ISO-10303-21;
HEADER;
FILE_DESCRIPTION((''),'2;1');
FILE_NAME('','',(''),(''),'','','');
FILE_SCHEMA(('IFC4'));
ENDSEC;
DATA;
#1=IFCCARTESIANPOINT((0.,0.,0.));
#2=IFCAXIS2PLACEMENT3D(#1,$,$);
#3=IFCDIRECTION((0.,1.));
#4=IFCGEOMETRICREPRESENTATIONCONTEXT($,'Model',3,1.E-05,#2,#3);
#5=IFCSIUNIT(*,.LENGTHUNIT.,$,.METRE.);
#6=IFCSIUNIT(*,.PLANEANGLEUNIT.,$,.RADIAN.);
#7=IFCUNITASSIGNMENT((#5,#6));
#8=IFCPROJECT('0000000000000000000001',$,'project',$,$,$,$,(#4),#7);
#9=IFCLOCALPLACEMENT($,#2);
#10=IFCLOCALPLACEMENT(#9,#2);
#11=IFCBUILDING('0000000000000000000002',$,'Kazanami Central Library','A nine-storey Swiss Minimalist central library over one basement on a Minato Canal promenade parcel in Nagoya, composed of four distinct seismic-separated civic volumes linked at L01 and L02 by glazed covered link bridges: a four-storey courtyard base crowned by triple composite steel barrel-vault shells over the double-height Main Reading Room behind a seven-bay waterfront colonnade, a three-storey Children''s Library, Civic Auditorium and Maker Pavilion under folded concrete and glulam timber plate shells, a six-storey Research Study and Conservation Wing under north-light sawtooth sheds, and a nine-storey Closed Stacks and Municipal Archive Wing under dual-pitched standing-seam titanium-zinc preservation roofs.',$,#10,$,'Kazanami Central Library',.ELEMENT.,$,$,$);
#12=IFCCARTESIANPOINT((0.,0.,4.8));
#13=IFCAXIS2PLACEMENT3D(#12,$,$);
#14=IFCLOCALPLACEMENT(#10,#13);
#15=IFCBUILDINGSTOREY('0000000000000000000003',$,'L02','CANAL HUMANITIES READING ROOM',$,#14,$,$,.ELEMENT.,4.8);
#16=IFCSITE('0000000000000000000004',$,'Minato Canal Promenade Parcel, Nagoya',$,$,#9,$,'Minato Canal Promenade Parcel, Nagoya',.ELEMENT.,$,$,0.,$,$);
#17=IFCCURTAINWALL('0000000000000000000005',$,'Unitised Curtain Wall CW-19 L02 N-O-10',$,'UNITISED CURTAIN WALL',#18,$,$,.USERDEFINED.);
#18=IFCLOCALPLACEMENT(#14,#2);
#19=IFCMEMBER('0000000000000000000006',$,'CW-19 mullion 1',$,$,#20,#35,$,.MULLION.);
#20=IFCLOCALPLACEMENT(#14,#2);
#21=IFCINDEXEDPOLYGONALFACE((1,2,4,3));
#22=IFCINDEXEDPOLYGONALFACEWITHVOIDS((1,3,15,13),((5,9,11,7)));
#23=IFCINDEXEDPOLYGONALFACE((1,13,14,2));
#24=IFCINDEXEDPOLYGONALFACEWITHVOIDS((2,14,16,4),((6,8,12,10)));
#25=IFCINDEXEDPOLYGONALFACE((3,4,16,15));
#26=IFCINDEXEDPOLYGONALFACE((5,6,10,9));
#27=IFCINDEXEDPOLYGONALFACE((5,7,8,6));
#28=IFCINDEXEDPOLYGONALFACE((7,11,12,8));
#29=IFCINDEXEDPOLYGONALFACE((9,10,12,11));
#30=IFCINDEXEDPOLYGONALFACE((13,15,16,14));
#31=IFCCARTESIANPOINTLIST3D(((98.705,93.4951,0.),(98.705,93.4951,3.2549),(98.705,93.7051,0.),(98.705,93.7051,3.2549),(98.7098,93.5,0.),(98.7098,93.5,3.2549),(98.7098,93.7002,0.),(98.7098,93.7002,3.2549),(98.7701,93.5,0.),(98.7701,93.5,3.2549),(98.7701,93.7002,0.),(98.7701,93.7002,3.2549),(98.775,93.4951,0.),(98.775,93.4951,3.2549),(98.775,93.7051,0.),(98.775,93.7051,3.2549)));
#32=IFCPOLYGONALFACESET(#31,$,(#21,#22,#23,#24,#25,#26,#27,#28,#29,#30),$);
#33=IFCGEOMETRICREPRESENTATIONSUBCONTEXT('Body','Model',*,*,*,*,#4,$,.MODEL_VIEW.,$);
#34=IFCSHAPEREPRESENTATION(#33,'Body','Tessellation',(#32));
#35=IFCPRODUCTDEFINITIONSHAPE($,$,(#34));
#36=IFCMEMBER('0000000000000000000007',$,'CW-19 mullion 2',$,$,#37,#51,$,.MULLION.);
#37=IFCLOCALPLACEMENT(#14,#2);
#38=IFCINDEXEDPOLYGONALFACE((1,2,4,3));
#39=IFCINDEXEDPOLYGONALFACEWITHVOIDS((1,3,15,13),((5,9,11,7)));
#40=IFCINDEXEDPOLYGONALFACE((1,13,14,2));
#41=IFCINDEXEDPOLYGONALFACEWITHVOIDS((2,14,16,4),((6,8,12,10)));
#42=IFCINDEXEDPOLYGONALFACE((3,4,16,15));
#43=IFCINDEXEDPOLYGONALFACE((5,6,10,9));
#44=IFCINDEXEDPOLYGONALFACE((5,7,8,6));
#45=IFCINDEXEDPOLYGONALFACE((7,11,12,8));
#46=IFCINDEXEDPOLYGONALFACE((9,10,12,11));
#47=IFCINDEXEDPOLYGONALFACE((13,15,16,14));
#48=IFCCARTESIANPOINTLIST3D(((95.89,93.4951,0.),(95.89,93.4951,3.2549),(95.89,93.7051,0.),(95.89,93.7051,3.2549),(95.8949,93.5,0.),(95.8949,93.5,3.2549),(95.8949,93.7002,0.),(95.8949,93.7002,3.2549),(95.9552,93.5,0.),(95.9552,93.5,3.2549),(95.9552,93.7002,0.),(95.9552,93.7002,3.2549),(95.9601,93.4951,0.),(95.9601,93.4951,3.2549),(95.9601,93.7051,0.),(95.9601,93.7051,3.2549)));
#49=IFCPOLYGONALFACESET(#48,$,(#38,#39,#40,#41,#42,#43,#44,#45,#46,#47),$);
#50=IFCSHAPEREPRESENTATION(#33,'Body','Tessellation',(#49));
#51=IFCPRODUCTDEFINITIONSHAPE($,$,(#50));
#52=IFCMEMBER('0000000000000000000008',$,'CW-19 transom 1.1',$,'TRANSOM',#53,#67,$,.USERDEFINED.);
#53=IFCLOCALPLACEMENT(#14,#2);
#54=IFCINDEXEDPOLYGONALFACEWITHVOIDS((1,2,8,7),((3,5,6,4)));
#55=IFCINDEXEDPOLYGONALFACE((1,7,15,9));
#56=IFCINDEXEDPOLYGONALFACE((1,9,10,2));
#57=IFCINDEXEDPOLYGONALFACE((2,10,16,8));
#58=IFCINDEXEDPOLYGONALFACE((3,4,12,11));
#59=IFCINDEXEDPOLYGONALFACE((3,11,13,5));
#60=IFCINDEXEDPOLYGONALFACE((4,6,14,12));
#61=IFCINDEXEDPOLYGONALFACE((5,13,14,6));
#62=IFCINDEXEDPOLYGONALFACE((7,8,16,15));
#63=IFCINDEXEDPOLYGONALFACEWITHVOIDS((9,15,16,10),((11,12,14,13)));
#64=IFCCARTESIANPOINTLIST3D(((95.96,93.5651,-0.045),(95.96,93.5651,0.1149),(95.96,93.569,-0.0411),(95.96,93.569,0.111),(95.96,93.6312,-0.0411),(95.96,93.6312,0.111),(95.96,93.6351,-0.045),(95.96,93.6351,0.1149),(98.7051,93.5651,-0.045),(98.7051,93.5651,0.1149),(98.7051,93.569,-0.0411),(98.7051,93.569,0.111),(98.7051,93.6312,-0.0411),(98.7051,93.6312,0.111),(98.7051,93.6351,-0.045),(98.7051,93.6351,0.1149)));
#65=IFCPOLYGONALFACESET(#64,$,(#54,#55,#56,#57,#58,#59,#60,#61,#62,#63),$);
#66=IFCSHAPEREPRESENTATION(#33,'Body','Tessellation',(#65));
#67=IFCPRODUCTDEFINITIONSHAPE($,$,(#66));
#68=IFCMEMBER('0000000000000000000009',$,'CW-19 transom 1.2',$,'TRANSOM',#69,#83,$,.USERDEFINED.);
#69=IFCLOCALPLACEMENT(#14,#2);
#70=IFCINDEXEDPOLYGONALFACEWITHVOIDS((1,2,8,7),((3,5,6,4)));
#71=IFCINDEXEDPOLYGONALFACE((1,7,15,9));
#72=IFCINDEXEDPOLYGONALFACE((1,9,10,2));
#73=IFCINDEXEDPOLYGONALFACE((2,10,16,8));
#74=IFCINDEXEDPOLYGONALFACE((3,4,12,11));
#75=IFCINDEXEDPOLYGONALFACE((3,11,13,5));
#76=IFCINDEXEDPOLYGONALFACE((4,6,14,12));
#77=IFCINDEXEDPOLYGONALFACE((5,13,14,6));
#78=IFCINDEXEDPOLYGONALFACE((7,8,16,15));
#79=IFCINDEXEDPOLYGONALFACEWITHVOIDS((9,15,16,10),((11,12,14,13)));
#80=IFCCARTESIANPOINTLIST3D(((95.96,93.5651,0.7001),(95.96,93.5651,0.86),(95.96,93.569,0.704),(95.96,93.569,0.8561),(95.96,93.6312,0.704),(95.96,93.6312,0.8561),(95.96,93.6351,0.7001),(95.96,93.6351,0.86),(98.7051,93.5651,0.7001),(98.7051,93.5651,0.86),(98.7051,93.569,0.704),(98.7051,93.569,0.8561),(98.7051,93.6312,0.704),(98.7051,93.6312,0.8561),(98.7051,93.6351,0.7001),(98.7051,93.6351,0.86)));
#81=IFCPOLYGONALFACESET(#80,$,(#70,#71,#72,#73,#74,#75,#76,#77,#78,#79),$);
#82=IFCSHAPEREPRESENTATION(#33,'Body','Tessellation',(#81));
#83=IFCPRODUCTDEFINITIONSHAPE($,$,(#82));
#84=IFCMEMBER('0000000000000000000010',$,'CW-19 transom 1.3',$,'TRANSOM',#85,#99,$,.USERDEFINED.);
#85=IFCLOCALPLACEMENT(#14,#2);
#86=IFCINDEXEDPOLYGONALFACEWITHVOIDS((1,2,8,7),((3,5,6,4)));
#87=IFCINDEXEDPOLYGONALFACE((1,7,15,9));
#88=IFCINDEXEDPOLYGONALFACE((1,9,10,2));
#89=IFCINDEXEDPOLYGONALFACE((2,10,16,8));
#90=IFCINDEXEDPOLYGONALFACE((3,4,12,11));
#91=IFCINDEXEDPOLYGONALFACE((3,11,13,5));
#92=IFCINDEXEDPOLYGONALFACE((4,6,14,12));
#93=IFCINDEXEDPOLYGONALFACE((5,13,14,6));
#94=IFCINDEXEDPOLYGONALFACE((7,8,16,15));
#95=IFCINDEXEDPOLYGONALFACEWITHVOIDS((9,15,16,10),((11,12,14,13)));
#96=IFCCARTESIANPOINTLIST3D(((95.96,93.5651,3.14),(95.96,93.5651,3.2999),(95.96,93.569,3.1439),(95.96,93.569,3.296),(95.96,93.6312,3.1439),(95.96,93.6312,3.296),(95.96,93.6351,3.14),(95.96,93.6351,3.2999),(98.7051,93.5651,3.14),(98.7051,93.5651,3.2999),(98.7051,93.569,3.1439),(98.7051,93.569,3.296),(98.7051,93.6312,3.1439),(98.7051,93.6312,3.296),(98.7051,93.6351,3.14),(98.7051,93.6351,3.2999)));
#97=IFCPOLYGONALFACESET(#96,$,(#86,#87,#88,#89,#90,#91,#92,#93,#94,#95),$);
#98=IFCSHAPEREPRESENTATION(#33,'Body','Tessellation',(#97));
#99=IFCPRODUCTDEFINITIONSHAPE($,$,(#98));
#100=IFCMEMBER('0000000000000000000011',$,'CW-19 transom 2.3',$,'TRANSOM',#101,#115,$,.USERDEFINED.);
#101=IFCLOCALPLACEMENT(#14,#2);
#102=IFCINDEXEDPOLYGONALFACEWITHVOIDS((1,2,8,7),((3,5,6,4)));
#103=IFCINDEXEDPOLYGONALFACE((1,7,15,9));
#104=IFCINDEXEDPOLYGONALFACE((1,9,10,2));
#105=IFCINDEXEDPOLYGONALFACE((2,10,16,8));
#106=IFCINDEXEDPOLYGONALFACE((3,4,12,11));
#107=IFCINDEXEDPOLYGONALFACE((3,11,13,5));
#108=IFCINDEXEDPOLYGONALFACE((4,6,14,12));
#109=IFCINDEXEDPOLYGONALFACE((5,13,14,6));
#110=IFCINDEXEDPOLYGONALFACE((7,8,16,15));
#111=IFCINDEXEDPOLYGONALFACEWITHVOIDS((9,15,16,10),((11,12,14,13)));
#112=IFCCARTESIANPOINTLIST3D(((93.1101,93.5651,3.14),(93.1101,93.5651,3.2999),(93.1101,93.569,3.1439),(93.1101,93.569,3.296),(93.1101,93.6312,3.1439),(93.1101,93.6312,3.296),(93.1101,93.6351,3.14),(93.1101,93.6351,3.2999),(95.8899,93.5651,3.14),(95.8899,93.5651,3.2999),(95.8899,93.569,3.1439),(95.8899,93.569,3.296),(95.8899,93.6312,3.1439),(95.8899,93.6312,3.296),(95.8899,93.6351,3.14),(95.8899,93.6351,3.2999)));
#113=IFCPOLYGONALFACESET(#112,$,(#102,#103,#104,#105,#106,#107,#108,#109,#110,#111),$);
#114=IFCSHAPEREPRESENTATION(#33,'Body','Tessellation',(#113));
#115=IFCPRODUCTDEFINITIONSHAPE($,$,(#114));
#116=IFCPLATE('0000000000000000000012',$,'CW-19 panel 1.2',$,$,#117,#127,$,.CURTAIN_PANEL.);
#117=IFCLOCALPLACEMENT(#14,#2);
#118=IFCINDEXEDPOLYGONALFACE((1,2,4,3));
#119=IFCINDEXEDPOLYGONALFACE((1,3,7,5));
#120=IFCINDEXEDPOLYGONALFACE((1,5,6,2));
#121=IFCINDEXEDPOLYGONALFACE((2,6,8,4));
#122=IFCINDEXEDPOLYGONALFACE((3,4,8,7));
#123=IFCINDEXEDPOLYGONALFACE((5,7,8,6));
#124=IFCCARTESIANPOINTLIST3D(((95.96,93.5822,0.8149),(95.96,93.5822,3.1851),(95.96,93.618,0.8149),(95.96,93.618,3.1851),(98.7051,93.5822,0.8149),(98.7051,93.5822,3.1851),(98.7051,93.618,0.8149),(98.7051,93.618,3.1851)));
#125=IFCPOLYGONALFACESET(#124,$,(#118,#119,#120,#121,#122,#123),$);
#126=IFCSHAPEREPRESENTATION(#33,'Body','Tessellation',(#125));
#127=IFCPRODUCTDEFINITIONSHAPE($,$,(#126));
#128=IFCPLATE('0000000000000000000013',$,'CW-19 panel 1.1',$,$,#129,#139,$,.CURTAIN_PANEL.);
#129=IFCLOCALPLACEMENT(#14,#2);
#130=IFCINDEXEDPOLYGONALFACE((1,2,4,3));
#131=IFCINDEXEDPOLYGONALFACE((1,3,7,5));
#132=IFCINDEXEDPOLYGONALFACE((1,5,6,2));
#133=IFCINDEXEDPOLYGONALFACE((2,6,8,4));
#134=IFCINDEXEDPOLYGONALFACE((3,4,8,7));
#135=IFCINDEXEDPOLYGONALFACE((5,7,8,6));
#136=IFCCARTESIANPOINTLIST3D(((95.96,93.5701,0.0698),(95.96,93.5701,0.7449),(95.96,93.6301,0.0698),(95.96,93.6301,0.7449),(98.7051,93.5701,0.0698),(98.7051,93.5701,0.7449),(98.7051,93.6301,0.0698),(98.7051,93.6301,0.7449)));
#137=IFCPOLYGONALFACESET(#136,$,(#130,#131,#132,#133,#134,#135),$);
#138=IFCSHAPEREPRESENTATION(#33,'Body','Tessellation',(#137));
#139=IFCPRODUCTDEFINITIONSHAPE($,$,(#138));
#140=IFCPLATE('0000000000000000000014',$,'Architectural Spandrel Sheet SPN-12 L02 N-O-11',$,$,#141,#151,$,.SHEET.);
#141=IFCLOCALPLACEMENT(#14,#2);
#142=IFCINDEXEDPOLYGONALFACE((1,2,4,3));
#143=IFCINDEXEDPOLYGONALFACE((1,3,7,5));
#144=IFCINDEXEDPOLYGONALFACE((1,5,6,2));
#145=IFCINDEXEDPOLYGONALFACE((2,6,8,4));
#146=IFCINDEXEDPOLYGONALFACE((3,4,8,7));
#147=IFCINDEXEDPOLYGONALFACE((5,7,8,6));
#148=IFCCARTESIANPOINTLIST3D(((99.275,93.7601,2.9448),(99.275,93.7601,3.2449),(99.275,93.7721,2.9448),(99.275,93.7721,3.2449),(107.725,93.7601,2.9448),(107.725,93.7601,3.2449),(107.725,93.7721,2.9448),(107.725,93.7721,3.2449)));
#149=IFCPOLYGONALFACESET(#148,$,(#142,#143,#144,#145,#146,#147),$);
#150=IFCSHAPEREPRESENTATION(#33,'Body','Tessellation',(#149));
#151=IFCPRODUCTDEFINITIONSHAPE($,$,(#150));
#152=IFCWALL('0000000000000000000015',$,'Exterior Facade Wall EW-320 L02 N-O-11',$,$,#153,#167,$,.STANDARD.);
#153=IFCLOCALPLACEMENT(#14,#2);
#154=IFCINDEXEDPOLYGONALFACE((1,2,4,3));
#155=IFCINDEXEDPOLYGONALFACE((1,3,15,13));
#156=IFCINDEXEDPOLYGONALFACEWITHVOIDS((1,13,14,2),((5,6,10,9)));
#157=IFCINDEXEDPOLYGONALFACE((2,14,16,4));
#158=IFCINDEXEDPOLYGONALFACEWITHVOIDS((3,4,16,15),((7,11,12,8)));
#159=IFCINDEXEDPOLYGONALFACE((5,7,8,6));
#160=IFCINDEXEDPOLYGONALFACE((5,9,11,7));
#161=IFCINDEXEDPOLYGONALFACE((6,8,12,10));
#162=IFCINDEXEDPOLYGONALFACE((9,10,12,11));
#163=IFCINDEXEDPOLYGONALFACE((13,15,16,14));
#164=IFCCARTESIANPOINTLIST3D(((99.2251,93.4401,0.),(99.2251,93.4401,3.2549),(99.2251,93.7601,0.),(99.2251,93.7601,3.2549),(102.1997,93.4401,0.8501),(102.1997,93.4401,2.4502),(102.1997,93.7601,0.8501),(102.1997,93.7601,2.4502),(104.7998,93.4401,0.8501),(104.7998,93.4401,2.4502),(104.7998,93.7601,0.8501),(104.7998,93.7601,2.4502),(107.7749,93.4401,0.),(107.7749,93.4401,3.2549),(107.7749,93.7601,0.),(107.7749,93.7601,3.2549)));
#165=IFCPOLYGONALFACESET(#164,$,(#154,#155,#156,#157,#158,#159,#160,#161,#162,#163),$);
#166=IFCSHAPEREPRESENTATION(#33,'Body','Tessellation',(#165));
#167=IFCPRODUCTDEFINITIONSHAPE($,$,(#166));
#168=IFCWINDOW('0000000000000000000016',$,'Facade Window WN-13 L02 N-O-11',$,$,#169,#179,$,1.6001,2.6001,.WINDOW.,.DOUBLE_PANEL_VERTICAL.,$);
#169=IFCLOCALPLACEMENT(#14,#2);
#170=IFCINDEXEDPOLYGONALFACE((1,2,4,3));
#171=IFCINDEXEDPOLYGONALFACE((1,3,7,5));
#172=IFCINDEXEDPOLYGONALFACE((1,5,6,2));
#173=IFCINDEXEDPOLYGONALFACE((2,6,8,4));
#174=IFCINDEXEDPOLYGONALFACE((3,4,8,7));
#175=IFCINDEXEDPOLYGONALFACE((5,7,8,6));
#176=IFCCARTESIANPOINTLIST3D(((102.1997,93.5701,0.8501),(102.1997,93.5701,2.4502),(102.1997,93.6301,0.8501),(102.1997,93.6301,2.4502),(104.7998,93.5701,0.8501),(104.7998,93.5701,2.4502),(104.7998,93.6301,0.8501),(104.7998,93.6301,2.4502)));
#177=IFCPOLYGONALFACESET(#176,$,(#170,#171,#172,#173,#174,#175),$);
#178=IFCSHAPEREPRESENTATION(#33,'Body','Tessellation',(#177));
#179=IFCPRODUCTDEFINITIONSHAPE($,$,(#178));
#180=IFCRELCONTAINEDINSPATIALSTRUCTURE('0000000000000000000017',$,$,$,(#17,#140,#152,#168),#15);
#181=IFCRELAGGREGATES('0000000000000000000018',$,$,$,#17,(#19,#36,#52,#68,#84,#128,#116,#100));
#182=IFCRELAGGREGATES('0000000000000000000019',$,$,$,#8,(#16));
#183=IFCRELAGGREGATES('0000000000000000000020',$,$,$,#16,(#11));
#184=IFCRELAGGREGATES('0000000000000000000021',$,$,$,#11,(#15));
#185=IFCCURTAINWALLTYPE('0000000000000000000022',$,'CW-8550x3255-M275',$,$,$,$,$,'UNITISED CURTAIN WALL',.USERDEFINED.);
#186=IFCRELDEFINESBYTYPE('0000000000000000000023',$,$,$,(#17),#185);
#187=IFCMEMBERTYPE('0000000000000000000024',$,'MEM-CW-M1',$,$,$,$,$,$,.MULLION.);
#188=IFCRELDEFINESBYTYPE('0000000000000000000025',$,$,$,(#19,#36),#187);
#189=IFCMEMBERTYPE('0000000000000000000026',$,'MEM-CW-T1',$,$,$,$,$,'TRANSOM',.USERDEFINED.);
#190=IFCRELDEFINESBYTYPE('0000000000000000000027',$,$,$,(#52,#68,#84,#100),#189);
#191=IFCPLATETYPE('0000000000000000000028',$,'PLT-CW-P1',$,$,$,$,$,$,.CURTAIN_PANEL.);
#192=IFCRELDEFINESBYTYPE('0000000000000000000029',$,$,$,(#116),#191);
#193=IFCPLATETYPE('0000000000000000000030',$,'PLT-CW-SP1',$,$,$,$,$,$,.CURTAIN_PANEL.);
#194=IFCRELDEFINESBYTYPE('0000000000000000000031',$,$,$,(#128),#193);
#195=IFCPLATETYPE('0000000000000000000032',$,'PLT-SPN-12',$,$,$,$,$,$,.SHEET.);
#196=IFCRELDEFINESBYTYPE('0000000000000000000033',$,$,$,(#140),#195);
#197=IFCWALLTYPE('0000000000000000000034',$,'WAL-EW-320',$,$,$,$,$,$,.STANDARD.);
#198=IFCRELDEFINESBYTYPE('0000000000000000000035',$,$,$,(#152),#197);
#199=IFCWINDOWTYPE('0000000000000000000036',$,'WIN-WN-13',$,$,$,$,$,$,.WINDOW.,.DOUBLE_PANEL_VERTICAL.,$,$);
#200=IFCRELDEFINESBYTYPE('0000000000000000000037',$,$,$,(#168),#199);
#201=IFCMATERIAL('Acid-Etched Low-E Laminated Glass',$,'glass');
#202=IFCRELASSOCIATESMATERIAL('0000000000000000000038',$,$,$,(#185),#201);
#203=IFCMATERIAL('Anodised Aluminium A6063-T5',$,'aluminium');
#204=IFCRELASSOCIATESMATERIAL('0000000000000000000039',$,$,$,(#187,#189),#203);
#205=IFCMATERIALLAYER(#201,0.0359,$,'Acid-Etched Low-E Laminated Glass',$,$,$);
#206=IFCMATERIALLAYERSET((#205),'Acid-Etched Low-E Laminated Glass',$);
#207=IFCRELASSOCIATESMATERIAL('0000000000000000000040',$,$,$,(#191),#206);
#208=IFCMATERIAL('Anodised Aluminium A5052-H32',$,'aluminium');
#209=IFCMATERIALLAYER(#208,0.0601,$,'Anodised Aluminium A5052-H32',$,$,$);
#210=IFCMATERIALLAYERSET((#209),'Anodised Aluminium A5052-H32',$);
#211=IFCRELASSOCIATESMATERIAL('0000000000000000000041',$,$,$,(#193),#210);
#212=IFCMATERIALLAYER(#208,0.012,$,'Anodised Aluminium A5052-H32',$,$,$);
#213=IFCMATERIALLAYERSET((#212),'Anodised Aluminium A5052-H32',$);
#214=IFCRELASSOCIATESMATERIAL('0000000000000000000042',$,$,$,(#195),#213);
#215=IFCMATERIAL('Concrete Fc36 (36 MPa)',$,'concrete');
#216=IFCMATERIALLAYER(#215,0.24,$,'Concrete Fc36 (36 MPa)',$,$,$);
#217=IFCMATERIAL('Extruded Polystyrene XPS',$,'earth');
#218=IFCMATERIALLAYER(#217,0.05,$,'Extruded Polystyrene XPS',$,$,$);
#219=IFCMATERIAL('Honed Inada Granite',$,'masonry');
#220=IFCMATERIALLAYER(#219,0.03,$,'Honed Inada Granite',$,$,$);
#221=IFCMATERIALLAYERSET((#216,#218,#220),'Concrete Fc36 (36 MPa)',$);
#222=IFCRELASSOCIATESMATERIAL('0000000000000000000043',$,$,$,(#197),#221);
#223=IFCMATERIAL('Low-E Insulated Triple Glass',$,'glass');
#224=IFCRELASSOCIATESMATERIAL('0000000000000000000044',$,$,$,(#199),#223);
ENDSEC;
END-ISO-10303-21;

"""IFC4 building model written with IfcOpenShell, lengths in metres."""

from ifc_helpers import new_model, si_unit, direction, frame, frame_2d, origin, origin_2d, place, context, subcontext, project, spatial, rectangle, hollow_rectangle, extrude, material, layer, layer_set, material_profile, profile_set, type_object, element, fill, aggregate, save


model = new_model("IFC4")

# Units and contexts
model_context = context("Model", 3, precision=1e-05, world=origin(), true_north=direction((0.0, 1.0)))
body_context = subcontext(model_context, "Body", "Model", "MODEL_VIEW")
ifc_project = project(units=[si_unit("LENGTHUNIT", "METRE"), si_unit("PLANEANGLEUNIT", "RADIAN")], contexts=[model_context])

# Site, building, storey
site_placement = place(None, origin())
site = spatial("IfcSite", under=ifc_project, at=site_placement, Name="Minato Canal Promenade Parcel, Nagoya", LongName="Minato Canal Promenade Parcel, Nagoya", CompositionType="ELEMENT", RefElevation=0.0)
building_placement = place(site_placement, origin())
building = spatial("IfcBuilding", under=site, at=building_placement, Name="Kazanami Central Library", Description="A nine-storey Swiss Minimalist central library over one basement on a Minato Canal promenade parcel in Nagoya, composed of four distinct seismic-separated civic volumes linked at L01 and L02 by glazed covered link bridges: a four-storey courtyard base crowned by triple composite steel barrel-vault shells over the double-height Main Reading Room behind a seven-bay waterfront colonnade, a three-storey Children's Library, Civic Auditorium and Maker Pavilion under folded concrete and glulam timber plate shells, a six-storey Research Study and Conservation Wing under north-light sawtooth sheds, and a nine-storey Closed Stacks and Municipal Archive Wing under dual-pitched standing-seam titanium-zinc preservation roofs.", LongName="Kazanami Central Library", CompositionType="ELEMENT")
storey_placement = place(building_placement, frame((0.0, 0.0, 4.8)))
storey = spatial("IfcBuildingStorey", under=building, at=storey_placement, Name="L02", Description="CANAL HUMANITIES READING ROOM", CompositionType="ELEMENT", Elevation=4.8)

# Curtain wall, members, plates
ifc_material_1 = material(Name="Acid-Etched Low-E Laminated Glass", Category="glass")
curtain_wall_type = type_object("IfcCurtainWallType", Name="CW-8550x3255-M275", ElementType="UNITISED CURTAIN WALL", PredefinedType="USERDEFINED", material=ifc_material_1)
curtain_wall_placement = place(storey_placement, origin())
curtain_wall = element("IfcCurtainWall", 1, at=curtain_wall_placement, inside=storey, type_object=curtain_wall_type, Name="Unitised Curtain Wall CW-19 L02 N-O-10", ObjectType="UNITISED CURTAIN WALL", PredefinedType="USERDEFINED")
ifc_material_2 = material(Name="Anodised Aluminium A6063-T5", Category="aluminium")
ifc_material_profile_1 = material_profile(ifc_material_2, hollow_rectangle(XDim=0.0701, YDim=0.21, WallThickness=0.0049, at=origin_2d()), Name="ALU-MULL-70x210x5")
ifc_profile_set_1 = profile_set([ifc_material_profile_1], Name="Anodised Aluminium A6063-T5")
member_type_1 = type_object("IfcMemberType", Name="MEM-CW-M1", PredefinedType="MULLION", material=ifc_profile_set_1)
member_1_placement = place(storey_placement, frame((98.74, 93.6001, 0.0), z_axis=(0.0, 0.0, 1.0), x_axis=(-1.0, 0.0, 0.0)))
member_1 = element("IfcMember", 2, at=member_1_placement, type_object=member_type_1, Name="CW-19 mullion 1", PredefinedType="MULLION", context=body_context, shape_type="SweptSolid", body=[
    extrude(hollow_rectangle(XDim=0.0701, YDim=0.21, WallThickness=0.0049, at=origin_2d()), origin(), (0.0, 0.0, 1.0), 3.2549),
])
member_2_placement = place(storey_placement, frame((95.925, 93.6001, 0.0), z_axis=(0.0, 0.0, 1.0), x_axis=(-1.0, 0.0, 0.0)))
member_2 = element("IfcMember", 3, at=member_2_placement, type_object=member_type_1, Name="CW-19 mullion 2", PredefinedType="MULLION", context=body_context, shape_type="SweptSolid", body=[
    extrude(hollow_rectangle(XDim=0.0701, YDim=0.21, WallThickness=0.0049, at=origin_2d()), origin(), (0.0, 0.0, 1.0), 3.2549),
])
ifc_material_profile_2 = material_profile(ifc_material_2, hollow_rectangle(XDim=0.0701, YDim=0.1599, WallThickness=0.0039, at=origin_2d()), Name="ALU-TRAN-70x160x4")
ifc_profile_set_2 = profile_set([ifc_material_profile_2], Name="Anodised Aluminium A6063-T5")
member_type_2 = type_object("IfcMemberType", Name="MEM-CW-T1", ElementType="TRANSOM", PredefinedType="USERDEFINED", material=ifc_profile_set_2)
member_3_placement = place(storey_placement, frame((98.7051, 93.6001, 0.0349), z_axis=(-1.0, 0.0, 0.0), x_axis=(0.0, -1.0, 0.0)))
member_3 = element("IfcMember", 4, at=member_3_placement, type_object=member_type_2, Name="CW-19 transom 1.1", ObjectType="TRANSOM", PredefinedType="USERDEFINED", context=body_context, shape_type="SweptSolid", body=[
    extrude(hollow_rectangle(XDim=0.0701, YDim=0.1599, WallThickness=0.0039, at=origin_2d()), origin(), (0.0, 0.0, 1.0), 2.7451),
])
member_4_placement = place(storey_placement, frame((98.7051, 93.6001, 0.78), z_axis=(-1.0, 0.0, 0.0), x_axis=(0.0, -1.0, 0.0)))
member_4 = element("IfcMember", 5, at=member_4_placement, type_object=member_type_2, Name="CW-19 transom 1.2", ObjectType="TRANSOM", PredefinedType="USERDEFINED", context=body_context, shape_type="SweptSolid", body=[
    extrude(hollow_rectangle(XDim=0.0701, YDim=0.1599, WallThickness=0.0039, at=origin_2d()), origin(), (0.0, 0.0, 1.0), 2.7451),
])
member_5_placement = place(storey_placement, frame((98.7051, 93.6001, 3.22), z_axis=(-1.0, 0.0, 0.0), x_axis=(0.0, -1.0, 0.0)))
member_5 = element("IfcMember", 6, at=member_5_placement, type_object=member_type_2, Name="CW-19 transom 1.3", ObjectType="TRANSOM", PredefinedType="USERDEFINED", context=body_context, shape_type="SweptSolid", body=[
    extrude(hollow_rectangle(XDim=0.0701, YDim=0.1599, WallThickness=0.0039, at=origin_2d()), origin(), (0.0, 0.0, 1.0), 2.7451),
])
member_6_placement = place(storey_placement, frame((95.8899, 93.6001, 3.22), z_axis=(-1.0, 0.0, 0.0), x_axis=(0.0, -1.0, 0.0)))
member_6 = element("IfcMember", 7, at=member_6_placement, type_object=member_type_2, Name="CW-19 transom 2.3", ObjectType="TRANSOM", PredefinedType="USERDEFINED", context=body_context, shape_type="SweptSolid", body=[
    extrude(hollow_rectangle(XDim=0.0701, YDim=0.1599, WallThickness=0.0039, at=origin_2d()), origin(), (0.0, 0.0, 1.0), 2.7798),
])
ifc_layer_1 = layer(ifc_material_1, 0.0359, Name="Acid-Etched Low-E Laminated Glass")
ifc_layer_set_1 = layer_set([ifc_layer_1], Name="Acid-Etched Low-E Laminated Glass")
plate_type_1 = type_object("IfcPlateType", Name="PLT-CW-P1", PredefinedType="CURTAIN_PANEL", material=ifc_layer_set_1)
plate_1_placement = place(storey_placement, frame((97.3325, 93.6001, 0.8149), z_axis=(0.0, 0.0, 1.0), x_axis=(-1.0, 0.0, 0.0)))
plate_1 = element("IfcPlate", 8, at=plate_1_placement, type_object=plate_type_1, Name="CW-19 panel 1.2", PredefinedType="CURTAIN_PANEL", context=body_context, shape_type="SweptSolid", body=[
    extrude(rectangle(XDim=2.7451, YDim=0.0359, at=origin_2d()), origin(), (0.0, 0.0, 1.0), 2.3701),
])
ifc_material_3 = material(Name="Anodised Aluminium A5052-H32", Category="aluminium")
ifc_layer_2 = layer(ifc_material_3, 0.0601, Name="Anodised Aluminium A5052-H32")
ifc_layer_set_2 = layer_set([ifc_layer_2], Name="Anodised Aluminium A5052-H32")
plate_type_2 = type_object("IfcPlateType", Name="PLT-CW-SP1", PredefinedType="CURTAIN_PANEL", material=ifc_layer_set_2)
plate_2_placement = place(storey_placement, frame((97.3325, 93.6001, 0.0698), z_axis=(0.0, 0.0, 1.0), x_axis=(-1.0, 0.0, 0.0)))
plate_2 = element("IfcPlate", 9, at=plate_2_placement, type_object=plate_type_2, Name="CW-19 panel 1.1", PredefinedType="CURTAIN_PANEL", context=body_context, shape_type="SweptSolid", body=[
    extrude(rectangle(XDim=2.7451, YDim=0.0601, at=origin_2d()), origin(), (0.0, 0.0, 1.0), 0.675),
])
aggregate(curtain_wall, [member_1, member_2, member_3, member_4, member_5, plate_2, plate_1, member_6])

# Plate
ifc_layer_3 = layer(ifc_material_3, 0.012, Name="Anodised Aluminium A5052-H32")
ifc_layer_set_3 = layer_set([ifc_layer_3], Name="Anodised Aluminium A5052-H32")
plate_type_3 = type_object("IfcPlateType", Name="PLT-SPN-12", PredefinedType="SHEET", material=ifc_layer_set_3)
plate_3_placement = place(storey_placement, frame((103.5, 93.7661, 2.9448), z_axis=(0.0, 0.0, 1.0), x_axis=(-1.0, 0.0, 0.0)))
element("IfcPlate", 10, at=plate_3_placement, inside=storey, type_object=plate_type_3, Name="Architectural Spandrel Sheet SPN-12 L02 N-O-11", PredefinedType="SHEET", context=body_context, shape_type="SweptSolid", body=[
    extrude(rectangle(XDim=8.45, YDim=0.012, at=origin_2d()), origin(), (0.0, 0.0, 1.0), 0.3),
])

# Wall, opening, window
ifc_material_4 = material(Name="Concrete Fc36 (36 MPa)", Category="concrete")
ifc_layer_4 = layer(ifc_material_4, 0.24, Name="Concrete Fc36 (36 MPa)")
ifc_material_5 = material(Name="Extruded Polystyrene XPS", Category="earth")
ifc_layer_5 = layer(ifc_material_5, 0.05, Name="Extruded Polystyrene XPS")
ifc_material_6 = material(Name="Honed Inada Granite", Category="masonry")
ifc_layer_6 = layer(ifc_material_6, 0.03, Name="Honed Inada Granite")
ifc_layer_set_4 = layer_set([ifc_layer_4, ifc_layer_5, ifc_layer_6], Name="Concrete Fc36 (36 MPa)")
wall_type = type_object("IfcWallType", Name="WAL-EW-320", PredefinedType="STANDARD", material=ifc_layer_set_4)
wall_placement = place(storey_placement, frame((107.7749, 93.6001, 0.0), z_axis=(0.0, 0.0, 1.0), x_axis=(-1.0, 0.0, 0.0)))
wall = element("IfcWall", 11, at=wall_placement, inside=storey, type_object=wall_type, Name="Exterior Facade Wall EW-320 L02 N-O-11", PredefinedType="STANDARD", context=body_context, shape_type="SweptSolid", body=[
    extrude(rectangle(XDim=8.5498, YDim=0.3201, at=frame_2d((4.2749, 0.0))), origin(), (0.0, 0.0, 1.0), 3.2549),
])
opening_placement = place(wall_placement, frame((2.9751, 0.0, 0.8501)))
opening = element("IfcOpeningElement", 12, at=opening_placement, cuts=wall, PredefinedType="OPENING", context=body_context, shape_type="SweptSolid", body=[
    extrude(rectangle(XDim=2.6001, YDim=1.6001, at=frame_2d((1.3, 0.8))), frame((0.0, 0.1719, 0.0), z_axis=(0.0, -1.0, 0.0), x_axis=(1.0, 0.0, 0.0)), (0.0, 0.0, 1.0), 0.344),
])
ifc_material_7 = material(Name="Low-E Insulated Triple Glass", Category="glass")
window_type = type_object("IfcWindowType", Name="WIN-WN-13", PartitioningType="DOUBLE_PANEL_VERTICAL", PredefinedType="WINDOW", material=ifc_material_7)
window_placement = place(opening_placement, origin())
window = element("IfcWindow", 13, at=window_placement, inside=storey, type_object=window_type, Name="Facade Window WN-13 L02 N-O-11", OverallHeight=1.6001, OverallWidth=2.6001, PartitioningType="DOUBLE_PANEL_VERTICAL", PredefinedType="WINDOW", context=body_context, shape_type="SweptSolid", body=[
    extrude(rectangle(XDim=2.6001, YDim=1.6001, at=frame_2d((1.3, 0.8))), frame((0.0, 0.03, 0.0), z_axis=(0.0, -1.0, 0.0), x_axis=(1.0, 0.0, 0.0)), (0.0, 0.0, 1.0), 0.0601),
])
fill(opening, window)

save(model, "model.ifc")
